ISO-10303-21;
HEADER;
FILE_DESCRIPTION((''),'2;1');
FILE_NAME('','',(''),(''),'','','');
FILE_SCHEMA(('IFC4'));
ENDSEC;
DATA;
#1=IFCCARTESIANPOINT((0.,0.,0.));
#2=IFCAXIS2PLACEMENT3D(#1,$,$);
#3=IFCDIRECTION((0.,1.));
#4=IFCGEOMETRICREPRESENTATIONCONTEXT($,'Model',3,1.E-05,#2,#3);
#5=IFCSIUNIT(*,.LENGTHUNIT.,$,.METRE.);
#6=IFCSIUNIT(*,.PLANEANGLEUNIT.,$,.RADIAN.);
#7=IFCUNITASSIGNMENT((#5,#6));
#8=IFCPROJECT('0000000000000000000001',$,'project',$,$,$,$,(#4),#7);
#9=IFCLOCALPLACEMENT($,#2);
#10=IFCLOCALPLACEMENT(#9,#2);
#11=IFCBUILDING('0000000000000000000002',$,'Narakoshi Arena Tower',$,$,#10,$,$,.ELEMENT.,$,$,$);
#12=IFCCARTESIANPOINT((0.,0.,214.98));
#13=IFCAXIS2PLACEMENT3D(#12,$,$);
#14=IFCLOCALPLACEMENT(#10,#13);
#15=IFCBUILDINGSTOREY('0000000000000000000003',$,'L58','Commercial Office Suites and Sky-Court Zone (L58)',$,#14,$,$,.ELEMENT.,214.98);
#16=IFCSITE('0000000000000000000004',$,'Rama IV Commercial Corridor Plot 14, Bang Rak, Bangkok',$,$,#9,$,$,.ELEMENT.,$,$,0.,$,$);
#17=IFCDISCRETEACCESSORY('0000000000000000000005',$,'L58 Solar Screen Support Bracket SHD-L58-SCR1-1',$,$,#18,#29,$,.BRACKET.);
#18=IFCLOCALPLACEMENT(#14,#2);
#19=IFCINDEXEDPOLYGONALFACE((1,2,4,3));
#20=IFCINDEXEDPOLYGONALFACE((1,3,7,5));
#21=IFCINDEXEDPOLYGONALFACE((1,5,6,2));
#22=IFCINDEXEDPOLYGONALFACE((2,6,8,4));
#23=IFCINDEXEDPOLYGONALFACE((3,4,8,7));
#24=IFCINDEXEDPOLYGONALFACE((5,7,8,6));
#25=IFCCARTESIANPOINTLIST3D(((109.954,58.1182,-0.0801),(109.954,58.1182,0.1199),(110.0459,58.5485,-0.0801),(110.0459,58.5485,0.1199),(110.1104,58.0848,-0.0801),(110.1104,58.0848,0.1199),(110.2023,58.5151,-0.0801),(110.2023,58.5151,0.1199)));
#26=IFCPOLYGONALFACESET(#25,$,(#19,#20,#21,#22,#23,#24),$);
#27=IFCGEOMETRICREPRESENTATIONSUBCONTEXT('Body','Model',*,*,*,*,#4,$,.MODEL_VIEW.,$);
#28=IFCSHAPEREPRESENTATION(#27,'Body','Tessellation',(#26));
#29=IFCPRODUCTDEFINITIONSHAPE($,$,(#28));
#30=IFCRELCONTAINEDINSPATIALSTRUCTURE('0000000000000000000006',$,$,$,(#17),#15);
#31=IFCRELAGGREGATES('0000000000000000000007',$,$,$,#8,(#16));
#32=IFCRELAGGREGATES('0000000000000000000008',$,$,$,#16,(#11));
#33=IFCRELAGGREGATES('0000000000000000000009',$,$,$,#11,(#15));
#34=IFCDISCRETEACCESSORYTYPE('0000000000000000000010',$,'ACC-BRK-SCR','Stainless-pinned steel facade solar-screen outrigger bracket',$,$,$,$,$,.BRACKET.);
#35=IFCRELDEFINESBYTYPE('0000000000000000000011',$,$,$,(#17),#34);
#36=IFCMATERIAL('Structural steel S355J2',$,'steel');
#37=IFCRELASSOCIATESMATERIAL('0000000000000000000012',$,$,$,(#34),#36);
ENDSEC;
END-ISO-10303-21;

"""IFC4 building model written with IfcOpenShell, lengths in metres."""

from ifc_helpers import new_model, si_unit, direction, frame, origin, origin_2d, place, context, subcontext, project, spatial, rectangle, extrude, material, type_object, element, save


model = new_model("IFC4")

# Units and contexts
model_context = context("Model", 3, precision=1e-05, world=origin(), true_north=direction((0.0, 1.0)))
body_context = subcontext(model_context, "Body", "Model", "MODEL_VIEW")
ifc_project = project(units=[si_unit("LENGTHUNIT", "METRE"), si_unit("PLANEANGLEUNIT", "RADIAN")], contexts=[model_context])

# Site, building, storey
site_placement = place(None, origin())
site = spatial("IfcSite", under=ifc_project, at=site_placement, Name="Rama IV Commercial Corridor Plot 14, Bang Rak, Bangkok", CompositionType="ELEMENT", RefElevation=0.0)
building_placement = place(site_placement, origin())
building = spatial("IfcBuilding", under=site, at=building_placement, Name="Narakoshi Arena Tower", CompositionType="ELEMENT")
storey_placement = place(building_placement, frame((0.0, 0.0, 214.98)))
storey = spatial("IfcBuildingStorey", under=building, at=storey_placement, Name="L58", Description="Commercial Office Suites and Sky-Court Zone (L58)", CompositionType="ELEMENT", Elevation=214.98)

# Shared definitions
ifc_material_1 = material(Name="Structural steel S355J2", Category="steel")

# Discrete accessory
discrete_accessory_type = type_object("IfcDiscreteAccessoryType", Name="ACC-BRK-SCR", Description="Stainless-pinned steel facade solar-screen outrigger bracket", PredefinedType="BRACKET", material=ifc_material_1)
discrete_accessory_placement = place(storey_placement, frame((110.0781, 58.3167, -0.0801), z_axis=(0.0, 0.0, 1.0), x_axis=(-0.977937, 0.208902, 0.0)))
element("IfcDiscreteAccessory", 1, at=discrete_accessory_placement, inside=storey, type_object=discrete_accessory_type, Name="L58 Solar Screen Support Bracket SHD-L58-SCR1-1", PredefinedType="BRACKET", context=body_context, shape_type="SweptSolid", body=[
    extrude(rectangle(XDim=0.1599, YDim=0.4399, at=origin_2d()), origin(), (0.0, 0.0, 1.0), 0.2),
])

save(model, "model.ifc")
